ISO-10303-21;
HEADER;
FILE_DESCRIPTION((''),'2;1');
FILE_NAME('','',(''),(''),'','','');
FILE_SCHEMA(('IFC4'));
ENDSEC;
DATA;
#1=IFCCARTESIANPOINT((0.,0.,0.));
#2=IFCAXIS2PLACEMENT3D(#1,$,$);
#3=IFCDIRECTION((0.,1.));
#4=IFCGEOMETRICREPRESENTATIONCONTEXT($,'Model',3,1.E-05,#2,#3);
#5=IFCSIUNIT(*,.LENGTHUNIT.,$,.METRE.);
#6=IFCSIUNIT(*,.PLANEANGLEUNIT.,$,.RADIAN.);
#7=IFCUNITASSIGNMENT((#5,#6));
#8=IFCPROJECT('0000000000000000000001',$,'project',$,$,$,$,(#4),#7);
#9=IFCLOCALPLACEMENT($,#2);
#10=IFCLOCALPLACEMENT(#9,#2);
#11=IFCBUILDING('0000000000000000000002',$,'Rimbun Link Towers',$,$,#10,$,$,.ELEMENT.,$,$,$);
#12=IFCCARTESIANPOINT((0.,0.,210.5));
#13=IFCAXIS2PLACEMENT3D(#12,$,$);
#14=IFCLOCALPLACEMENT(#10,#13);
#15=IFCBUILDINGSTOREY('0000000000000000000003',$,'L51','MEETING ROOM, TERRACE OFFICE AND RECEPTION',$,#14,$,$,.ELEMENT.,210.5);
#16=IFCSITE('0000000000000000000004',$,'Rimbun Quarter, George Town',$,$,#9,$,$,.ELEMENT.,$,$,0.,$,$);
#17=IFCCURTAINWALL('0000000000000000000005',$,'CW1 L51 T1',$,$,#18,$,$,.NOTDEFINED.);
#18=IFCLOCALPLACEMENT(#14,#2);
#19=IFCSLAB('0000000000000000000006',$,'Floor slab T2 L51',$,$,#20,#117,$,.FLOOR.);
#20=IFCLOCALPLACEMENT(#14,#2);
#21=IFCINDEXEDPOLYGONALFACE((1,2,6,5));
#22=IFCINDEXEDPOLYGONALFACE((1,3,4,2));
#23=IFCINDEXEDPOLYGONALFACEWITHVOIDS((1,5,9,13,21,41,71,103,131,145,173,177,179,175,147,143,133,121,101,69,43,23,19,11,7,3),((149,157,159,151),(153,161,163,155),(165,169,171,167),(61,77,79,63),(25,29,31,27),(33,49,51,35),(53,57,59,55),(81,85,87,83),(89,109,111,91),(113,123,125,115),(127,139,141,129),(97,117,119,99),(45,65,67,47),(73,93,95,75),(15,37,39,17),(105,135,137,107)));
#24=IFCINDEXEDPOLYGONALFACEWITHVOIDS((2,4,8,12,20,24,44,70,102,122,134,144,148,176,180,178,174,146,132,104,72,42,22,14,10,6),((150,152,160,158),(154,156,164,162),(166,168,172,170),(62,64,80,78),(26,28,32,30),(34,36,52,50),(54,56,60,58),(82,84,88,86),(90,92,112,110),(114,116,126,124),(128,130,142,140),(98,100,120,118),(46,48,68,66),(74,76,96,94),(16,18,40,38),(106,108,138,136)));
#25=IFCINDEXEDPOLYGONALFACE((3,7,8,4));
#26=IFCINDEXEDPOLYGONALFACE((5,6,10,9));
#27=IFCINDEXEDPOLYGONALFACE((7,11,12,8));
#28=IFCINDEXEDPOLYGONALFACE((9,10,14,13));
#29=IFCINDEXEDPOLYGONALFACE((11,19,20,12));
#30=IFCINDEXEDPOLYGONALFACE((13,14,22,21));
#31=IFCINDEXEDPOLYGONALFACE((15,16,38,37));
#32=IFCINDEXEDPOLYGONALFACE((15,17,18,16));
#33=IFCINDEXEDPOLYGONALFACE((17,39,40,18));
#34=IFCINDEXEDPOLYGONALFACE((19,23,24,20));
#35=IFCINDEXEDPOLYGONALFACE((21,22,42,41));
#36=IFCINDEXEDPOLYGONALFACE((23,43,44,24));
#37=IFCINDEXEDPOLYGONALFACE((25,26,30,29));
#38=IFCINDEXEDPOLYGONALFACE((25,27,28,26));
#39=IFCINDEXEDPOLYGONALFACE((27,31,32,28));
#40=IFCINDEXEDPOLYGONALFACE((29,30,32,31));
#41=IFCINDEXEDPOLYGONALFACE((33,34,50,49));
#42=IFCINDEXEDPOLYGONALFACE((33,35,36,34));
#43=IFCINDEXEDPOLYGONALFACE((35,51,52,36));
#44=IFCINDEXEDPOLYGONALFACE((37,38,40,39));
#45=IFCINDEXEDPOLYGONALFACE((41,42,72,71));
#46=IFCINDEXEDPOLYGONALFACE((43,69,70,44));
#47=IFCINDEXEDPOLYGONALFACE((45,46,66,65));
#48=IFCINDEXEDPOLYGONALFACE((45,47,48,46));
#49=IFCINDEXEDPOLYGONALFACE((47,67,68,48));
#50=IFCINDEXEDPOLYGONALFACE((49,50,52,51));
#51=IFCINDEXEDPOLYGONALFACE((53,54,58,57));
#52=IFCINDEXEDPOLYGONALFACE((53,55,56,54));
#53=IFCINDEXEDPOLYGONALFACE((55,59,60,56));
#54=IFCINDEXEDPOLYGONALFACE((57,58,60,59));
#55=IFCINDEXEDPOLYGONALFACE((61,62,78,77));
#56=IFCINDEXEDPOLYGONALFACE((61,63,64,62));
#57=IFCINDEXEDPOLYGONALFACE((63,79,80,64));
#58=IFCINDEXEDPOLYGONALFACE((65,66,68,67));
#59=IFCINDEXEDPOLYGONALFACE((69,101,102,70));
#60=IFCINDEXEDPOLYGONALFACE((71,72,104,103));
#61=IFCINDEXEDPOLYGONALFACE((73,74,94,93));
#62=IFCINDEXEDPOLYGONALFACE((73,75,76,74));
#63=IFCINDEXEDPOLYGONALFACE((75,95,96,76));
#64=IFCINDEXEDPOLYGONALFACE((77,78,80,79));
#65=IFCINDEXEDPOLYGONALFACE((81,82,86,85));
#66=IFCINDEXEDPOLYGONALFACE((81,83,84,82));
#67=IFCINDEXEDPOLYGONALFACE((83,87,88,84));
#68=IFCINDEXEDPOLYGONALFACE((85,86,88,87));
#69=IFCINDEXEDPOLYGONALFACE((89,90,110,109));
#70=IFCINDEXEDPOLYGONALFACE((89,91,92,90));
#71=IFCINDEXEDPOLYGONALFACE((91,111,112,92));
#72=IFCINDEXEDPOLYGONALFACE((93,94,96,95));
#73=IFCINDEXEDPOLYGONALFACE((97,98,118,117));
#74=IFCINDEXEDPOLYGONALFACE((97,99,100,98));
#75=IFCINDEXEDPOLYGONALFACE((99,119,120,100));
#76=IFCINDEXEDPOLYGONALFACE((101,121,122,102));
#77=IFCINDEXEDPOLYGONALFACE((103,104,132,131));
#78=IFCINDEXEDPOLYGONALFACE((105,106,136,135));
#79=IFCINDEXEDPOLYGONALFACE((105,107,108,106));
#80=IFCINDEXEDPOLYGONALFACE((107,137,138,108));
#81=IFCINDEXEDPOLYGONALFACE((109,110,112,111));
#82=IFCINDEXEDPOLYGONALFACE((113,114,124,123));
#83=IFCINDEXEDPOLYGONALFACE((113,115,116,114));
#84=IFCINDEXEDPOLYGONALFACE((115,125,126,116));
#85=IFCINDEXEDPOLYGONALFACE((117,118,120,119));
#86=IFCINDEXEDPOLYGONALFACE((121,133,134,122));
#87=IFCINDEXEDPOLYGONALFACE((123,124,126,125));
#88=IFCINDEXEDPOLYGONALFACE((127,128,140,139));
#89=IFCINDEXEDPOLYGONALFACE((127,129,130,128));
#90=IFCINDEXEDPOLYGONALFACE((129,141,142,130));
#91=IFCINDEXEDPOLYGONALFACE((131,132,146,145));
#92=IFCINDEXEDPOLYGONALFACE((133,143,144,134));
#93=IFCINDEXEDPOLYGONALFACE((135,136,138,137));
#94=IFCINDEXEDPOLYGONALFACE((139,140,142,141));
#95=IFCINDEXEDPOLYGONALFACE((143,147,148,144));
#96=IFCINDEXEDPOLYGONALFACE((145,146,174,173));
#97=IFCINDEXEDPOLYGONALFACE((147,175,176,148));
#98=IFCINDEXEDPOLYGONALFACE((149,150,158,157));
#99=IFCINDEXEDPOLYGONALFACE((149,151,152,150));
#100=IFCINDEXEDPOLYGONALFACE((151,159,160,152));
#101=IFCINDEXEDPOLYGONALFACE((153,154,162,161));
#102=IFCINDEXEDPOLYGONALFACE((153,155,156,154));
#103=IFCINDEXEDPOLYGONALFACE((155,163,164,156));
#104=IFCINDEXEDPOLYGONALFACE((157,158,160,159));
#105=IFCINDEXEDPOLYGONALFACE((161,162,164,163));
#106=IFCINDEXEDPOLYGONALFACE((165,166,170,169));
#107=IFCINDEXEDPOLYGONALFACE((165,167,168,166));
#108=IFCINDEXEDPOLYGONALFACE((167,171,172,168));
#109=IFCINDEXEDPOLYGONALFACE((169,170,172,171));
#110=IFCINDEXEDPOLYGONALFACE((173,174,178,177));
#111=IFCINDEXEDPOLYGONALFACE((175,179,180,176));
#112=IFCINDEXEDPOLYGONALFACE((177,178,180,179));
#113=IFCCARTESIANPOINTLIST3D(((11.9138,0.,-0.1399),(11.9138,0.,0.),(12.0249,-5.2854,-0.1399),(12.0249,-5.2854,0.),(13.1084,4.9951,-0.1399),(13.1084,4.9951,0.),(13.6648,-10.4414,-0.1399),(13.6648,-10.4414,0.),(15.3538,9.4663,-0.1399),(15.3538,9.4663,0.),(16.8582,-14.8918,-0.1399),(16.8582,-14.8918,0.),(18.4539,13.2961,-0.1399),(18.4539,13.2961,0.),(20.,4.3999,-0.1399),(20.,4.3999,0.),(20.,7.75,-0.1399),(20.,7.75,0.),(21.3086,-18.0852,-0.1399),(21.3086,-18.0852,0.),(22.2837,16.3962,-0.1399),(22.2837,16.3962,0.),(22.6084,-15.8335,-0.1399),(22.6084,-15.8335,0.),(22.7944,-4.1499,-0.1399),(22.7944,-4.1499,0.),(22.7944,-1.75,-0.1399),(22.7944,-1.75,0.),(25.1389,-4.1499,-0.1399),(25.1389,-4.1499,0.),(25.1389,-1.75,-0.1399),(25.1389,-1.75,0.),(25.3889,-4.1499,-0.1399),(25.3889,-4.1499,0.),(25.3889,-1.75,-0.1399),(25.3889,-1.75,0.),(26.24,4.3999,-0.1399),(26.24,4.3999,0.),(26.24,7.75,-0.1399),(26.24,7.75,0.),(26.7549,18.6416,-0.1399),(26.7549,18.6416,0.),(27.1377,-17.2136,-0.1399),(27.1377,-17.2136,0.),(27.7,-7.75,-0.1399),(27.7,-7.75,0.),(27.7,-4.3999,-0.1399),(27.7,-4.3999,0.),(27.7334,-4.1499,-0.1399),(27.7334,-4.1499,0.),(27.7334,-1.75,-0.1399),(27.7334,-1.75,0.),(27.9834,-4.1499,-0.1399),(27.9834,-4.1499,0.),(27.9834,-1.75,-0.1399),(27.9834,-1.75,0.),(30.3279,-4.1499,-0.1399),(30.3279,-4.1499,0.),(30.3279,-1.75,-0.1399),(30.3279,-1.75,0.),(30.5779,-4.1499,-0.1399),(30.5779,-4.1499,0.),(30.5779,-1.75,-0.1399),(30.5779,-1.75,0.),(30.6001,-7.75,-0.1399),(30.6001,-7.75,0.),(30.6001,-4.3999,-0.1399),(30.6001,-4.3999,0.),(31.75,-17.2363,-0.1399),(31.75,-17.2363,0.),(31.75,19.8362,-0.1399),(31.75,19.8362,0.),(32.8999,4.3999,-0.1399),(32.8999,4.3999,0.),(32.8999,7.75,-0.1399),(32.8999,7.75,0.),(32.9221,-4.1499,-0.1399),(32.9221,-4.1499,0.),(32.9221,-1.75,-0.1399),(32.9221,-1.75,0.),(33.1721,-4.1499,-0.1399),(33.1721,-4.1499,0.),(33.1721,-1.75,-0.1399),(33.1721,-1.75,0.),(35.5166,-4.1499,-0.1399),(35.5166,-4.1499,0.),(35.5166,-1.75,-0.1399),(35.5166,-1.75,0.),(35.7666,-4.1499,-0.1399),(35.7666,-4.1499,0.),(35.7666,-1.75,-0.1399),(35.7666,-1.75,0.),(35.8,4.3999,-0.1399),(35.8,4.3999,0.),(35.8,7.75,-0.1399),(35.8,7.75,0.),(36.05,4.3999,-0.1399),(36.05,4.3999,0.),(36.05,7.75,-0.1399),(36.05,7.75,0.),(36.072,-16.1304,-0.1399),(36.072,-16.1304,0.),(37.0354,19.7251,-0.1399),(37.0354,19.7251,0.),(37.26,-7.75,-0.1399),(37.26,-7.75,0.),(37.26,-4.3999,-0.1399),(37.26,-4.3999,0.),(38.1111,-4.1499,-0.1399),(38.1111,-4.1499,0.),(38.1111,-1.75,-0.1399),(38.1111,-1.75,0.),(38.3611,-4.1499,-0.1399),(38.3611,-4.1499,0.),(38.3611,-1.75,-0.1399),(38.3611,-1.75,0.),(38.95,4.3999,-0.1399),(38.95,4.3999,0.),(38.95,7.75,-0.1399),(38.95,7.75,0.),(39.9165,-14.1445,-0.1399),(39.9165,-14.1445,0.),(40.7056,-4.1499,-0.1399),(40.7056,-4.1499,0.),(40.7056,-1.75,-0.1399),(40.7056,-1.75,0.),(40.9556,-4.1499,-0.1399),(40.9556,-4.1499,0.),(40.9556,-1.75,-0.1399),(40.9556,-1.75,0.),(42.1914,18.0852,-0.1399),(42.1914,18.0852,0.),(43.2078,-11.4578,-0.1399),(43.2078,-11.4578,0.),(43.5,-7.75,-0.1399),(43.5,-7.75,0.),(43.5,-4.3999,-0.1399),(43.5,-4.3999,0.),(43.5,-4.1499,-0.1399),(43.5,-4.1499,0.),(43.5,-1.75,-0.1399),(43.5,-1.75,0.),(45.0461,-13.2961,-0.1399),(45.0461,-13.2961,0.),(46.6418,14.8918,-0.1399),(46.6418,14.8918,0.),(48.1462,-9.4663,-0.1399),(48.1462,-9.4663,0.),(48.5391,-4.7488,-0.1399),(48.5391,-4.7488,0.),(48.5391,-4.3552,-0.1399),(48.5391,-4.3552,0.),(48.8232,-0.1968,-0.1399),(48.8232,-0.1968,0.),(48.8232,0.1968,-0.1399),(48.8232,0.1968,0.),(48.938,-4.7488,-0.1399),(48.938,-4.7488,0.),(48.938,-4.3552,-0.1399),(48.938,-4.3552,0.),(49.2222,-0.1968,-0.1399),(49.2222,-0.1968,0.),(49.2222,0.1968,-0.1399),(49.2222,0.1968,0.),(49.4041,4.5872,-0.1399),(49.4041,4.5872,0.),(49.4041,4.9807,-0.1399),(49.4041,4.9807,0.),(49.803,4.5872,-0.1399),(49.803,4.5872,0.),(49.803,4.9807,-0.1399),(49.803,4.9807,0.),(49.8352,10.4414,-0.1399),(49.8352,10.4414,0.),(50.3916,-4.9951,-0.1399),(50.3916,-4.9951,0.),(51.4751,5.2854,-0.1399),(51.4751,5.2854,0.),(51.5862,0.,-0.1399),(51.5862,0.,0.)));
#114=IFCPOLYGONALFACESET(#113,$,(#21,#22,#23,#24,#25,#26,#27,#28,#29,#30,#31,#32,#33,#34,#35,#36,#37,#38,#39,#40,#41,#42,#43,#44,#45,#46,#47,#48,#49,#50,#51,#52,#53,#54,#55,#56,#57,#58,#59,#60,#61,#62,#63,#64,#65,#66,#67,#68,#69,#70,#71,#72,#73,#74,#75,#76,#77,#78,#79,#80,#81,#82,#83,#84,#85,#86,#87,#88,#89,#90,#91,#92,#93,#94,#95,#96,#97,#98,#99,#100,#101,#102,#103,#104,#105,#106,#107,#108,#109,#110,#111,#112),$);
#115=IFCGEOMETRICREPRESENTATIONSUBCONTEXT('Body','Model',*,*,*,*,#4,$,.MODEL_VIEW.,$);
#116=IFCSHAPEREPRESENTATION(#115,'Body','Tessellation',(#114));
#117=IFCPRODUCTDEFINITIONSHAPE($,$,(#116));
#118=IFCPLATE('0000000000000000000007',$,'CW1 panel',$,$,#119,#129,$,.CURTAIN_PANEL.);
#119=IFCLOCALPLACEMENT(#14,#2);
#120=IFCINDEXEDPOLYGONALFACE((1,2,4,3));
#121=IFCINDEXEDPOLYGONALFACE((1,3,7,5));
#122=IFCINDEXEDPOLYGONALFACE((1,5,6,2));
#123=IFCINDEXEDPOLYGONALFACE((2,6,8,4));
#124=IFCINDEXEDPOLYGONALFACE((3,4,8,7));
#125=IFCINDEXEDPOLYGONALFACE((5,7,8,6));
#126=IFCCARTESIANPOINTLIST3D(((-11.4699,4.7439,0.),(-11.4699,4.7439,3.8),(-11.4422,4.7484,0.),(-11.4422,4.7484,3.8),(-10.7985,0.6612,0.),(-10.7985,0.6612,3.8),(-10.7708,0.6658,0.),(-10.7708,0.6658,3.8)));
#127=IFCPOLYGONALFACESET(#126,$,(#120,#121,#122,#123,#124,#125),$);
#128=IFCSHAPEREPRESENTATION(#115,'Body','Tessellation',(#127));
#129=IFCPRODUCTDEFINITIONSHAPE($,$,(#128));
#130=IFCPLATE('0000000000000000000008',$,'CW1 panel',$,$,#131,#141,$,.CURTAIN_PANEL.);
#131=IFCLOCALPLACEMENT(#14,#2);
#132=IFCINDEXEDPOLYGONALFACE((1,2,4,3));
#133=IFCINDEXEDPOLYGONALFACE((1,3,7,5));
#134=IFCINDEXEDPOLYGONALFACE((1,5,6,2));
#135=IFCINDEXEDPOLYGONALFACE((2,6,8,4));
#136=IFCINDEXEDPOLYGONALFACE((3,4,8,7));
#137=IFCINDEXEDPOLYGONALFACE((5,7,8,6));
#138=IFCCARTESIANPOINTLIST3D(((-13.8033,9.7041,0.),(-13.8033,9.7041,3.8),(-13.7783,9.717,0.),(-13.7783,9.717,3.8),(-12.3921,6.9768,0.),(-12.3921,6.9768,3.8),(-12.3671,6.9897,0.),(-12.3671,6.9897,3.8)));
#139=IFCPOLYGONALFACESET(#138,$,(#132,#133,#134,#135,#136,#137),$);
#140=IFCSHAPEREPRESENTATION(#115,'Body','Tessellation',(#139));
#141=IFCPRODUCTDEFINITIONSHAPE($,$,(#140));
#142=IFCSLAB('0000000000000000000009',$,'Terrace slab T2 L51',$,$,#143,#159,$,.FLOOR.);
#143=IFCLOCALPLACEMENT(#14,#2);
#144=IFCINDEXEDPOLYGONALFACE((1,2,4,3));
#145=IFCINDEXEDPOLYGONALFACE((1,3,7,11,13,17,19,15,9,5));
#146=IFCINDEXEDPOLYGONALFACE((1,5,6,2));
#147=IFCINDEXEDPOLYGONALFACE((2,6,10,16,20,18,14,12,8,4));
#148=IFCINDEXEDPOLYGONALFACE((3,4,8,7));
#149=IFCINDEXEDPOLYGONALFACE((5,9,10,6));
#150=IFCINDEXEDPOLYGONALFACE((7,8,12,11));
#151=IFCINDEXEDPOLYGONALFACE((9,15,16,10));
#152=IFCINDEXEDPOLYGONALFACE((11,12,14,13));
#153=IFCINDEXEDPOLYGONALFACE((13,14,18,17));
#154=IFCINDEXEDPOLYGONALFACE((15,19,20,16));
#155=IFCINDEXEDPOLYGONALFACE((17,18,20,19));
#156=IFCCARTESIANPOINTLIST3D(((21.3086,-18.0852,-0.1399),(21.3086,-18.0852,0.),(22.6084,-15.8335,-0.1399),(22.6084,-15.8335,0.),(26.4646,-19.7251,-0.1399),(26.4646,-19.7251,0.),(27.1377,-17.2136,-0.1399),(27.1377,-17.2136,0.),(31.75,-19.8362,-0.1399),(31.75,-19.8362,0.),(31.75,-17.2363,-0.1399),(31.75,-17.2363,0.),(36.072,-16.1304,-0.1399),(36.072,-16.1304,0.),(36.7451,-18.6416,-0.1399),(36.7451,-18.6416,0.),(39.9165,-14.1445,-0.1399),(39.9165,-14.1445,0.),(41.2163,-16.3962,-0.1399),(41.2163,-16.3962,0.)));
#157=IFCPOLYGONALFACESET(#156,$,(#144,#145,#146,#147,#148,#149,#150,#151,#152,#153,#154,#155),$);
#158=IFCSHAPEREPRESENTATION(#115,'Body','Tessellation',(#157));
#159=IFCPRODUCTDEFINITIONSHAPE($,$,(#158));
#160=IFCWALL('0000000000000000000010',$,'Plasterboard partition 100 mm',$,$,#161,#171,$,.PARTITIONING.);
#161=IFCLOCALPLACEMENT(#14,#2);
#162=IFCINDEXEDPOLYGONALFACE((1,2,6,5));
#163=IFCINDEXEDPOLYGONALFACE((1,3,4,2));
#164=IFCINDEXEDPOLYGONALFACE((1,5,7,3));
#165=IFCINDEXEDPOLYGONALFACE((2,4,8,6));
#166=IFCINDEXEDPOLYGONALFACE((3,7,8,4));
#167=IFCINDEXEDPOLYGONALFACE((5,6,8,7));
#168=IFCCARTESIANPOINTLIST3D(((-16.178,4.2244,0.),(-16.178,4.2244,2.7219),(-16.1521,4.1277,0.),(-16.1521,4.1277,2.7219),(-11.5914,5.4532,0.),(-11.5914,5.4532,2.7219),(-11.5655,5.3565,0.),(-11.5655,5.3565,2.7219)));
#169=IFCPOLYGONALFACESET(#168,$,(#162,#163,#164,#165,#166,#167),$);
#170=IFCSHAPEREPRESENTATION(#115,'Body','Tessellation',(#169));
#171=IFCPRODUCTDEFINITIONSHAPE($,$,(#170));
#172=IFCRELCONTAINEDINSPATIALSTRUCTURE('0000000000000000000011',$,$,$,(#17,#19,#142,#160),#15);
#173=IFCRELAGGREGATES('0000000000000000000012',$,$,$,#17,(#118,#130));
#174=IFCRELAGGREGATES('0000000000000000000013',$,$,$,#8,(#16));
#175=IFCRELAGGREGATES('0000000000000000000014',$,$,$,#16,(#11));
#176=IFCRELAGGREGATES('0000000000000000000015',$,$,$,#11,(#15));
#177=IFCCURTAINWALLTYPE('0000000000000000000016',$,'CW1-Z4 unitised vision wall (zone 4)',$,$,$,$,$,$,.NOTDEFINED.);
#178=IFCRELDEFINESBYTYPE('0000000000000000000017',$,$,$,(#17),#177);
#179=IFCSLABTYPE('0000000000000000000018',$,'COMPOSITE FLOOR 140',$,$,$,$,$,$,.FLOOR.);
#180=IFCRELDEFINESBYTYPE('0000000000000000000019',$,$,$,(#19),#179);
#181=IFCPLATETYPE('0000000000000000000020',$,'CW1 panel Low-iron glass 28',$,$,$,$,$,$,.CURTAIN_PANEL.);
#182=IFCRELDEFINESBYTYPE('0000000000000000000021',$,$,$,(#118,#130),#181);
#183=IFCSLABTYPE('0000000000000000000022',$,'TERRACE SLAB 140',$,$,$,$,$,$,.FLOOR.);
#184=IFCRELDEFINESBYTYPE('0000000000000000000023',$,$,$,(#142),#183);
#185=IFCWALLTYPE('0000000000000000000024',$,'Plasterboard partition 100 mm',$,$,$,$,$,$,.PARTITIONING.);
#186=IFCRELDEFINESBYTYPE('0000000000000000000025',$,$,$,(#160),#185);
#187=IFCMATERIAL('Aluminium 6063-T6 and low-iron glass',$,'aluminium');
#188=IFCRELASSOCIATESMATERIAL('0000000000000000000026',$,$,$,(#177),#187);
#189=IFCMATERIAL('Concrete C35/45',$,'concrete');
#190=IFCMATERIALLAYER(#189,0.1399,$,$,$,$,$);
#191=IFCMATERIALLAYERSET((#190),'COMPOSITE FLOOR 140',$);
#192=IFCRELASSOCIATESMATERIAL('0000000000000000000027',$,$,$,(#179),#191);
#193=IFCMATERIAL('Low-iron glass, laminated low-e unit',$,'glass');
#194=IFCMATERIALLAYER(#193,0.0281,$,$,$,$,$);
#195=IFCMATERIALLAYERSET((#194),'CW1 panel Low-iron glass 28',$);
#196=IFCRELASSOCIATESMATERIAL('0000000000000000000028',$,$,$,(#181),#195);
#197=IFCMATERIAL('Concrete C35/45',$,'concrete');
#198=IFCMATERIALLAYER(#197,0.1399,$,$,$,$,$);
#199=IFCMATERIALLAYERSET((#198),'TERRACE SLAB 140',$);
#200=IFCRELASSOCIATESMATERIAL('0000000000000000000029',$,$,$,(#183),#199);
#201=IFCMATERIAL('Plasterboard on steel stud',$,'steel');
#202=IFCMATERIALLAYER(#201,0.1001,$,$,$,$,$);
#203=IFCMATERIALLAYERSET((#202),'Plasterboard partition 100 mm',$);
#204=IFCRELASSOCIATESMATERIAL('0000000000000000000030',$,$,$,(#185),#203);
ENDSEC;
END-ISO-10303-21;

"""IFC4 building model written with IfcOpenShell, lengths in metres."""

from ifc_helpers import new_model, si_unit, direction, frame, frame_2d, origin, origin_2d, place, context, subcontext, project, spatial, polyline, rectangle, outline, extrude, material, layer, layer_set, type_object, element, aggregate, save


model = new_model("IFC4")

# Units and contexts
model_context = context("Model", 3, precision=1e-05, world=origin(), true_north=direction((0.0, 1.0)))
body_context = subcontext(model_context, "Body", "Model", "MODEL_VIEW")
ifc_project = project(units=[si_unit("LENGTHUNIT", "METRE"), si_unit("PLANEANGLEUNIT", "RADIAN")], contexts=[model_context])

# Site, building, storey
site_placement = place(None, origin())
site = spatial("IfcSite", under=ifc_project, at=site_placement, Name="Rimbun Quarter, George Town", CompositionType="ELEMENT", RefElevation=0.0)
building_placement = place(site_placement, origin())
building = spatial("IfcBuilding", under=site, at=building_placement, Name="Rimbun Link Towers", CompositionType="ELEMENT")
storey_placement = place(building_placement, frame((0.0, 0.0, 210.5)))
storey = spatial("IfcBuildingStorey", under=building, at=storey_placement, Name="L51", Description="MEETING ROOM, TERRACE OFFICE AND RECEPTION", CompositionType="ELEMENT", Elevation=210.5)

# Curtain wall
ifc_material_1 = material(Name="Aluminium 6063-T6 and low-iron glass", Category="aluminium")
curtain_wall_type = type_object("IfcCurtainWallType", Name="CW1-Z4 unitised vision wall (zone 4)", PredefinedType="NOTDEFINED", material=ifc_material_1)
curtain_wall_placement = place(storey_placement, origin())
curtain_wall = element("IfcCurtainWall", 1, at=curtain_wall_placement, inside=storey, type_object=curtain_wall_type, Name="CW1 L51 T1", PredefinedType="NOTDEFINED")

# Slab
ifc_material_2 = material(Name="Concrete C35/45", Category="concrete")
ifc_layer_1 = layer(ifc_material_2, 0.1399)
ifc_layer_set_1 = layer_set([ifc_layer_1], Name="COMPOSITE FLOOR 140")
slab_type_1 = type_object("IfcSlabType", Name="COMPOSITE FLOOR 140", PredefinedType="FLOOR", material=ifc_layer_set_1)
slab_1_placement = place(storey_placement, frame((0.0, 0.0, -0.1399)))
element("IfcSlab", 2, at=slab_1_placement, inside=storey, type_object=slab_type_1, Name="Floor slab T2 L51", PredefinedType="FLOOR", context=body_context, shape_type="SweptSolid", body=[
    extrude(outline(polyline([(16.8582, -14.8918), (13.6648, -10.4414), (12.0249, -5.2854), (11.9138, 0.0), (13.1084, 4.9951), (15.3538, 9.4663), (18.4539, 13.2961), (22.2837, 16.3962), (26.7549, 18.6416), (31.75, 19.8362), (37.0354, 19.7251), (42.1914, 18.0852), (46.6418, 14.8918), (49.8352, 10.4414), (51.4751, 5.2854), (51.5862, 0.0), (50.3916, -4.9951), (48.1462, -9.4663), (45.0461, -13.2961), (43.2078, -11.4578), (39.9165, -14.1445), (36.072, -16.1304), (31.75, -17.2363), (27.1377, -17.2136), (22.6084, -15.8335), (21.3086, -18.0852), (16.8582, -14.8918)]), holes=[polyline([(30.6001, -7.75), (30.6001, -4.3999), (27.7, -4.3999), (27.7, -7.75), (30.6001, -7.75)]), polyline([(25.1389, -4.1499), (25.1389, -1.75), (22.7944, -1.75), (22.7944, -4.1499), (25.1389, -4.1499)]), polyline([(27.7334, -4.1499), (27.7334, -1.75), (25.3889, -1.75), (25.3889, -4.1499), (27.7334, -4.1499)]), polyline([(30.3279, -4.1499), (30.3279, -1.75), (27.9834, -1.75), (27.9834, -4.1499), (30.3279, -4.1499)]), polyline([(32.9221, -4.1499), (32.9221, -1.75), (30.5779, -1.75), (30.5779, -4.1499), (32.9221, -4.1499)]), polyline([(35.5166, -4.1499), (35.5166, -1.75), (33.1721, -1.75), (33.1721, -4.1499), (35.5166, -4.1499)]), polyline([(26.24, 4.3999), (26.24, 7.75), (20.0, 7.75), (20.0, 4.3999), (26.24, 4.3999)]), polyline([(35.8, 4.3999), (35.8, 7.75), (32.8999, 7.75), (32.8999, 4.3999), (35.8, 4.3999)]), polyline([(43.5, -7.75), (43.5, -4.3999), (37.26, -4.3999), (37.26, -7.75), (43.5, -7.75)]), polyline([(48.938, -4.7488), (48.938, -4.3552), (48.5391, -4.3552), (48.5391, -4.7488), (48.938, -4.7488)]), polyline([(38.1111, -4.1499), (38.1111, -1.75), (35.7666, -1.75), (35.7666, -4.1499), (38.1111, -4.1499)]), polyline([(40.7056, -4.1499), (40.7056, -1.75), (38.3611, -1.75), (38.3611, -4.1499), (40.7056, -4.1499)]), polyline([(43.5, -4.1499), (43.5, -1.75), (40.9556, -1.75), (40.9556, -4.1499), (43.5, -4.1499)]), polyline([(49.2222, -0.1968), (49.2222, 0.1968), (48.8232, 0.1968), (48.8232, -0.1968), (49.2222, -0.1968)]), polyline([(49.803, 4.5872), (49.803, 4.9807), (49.4041, 4.9807), (49.4041, 4.5872), (49.803, 4.5872)]), polyline([(38.95, 4.3999), (38.95, 7.75), (36.05, 7.75), (36.05, 4.3999), (38.95, 4.3999)])]), origin(), (0.0, 0.0, 1.0), 0.1399),
])

# Plates
ifc_material_3 = material(Name="Low-iron glass, laminated low-e unit", Category="glass")
ifc_layer_2 = layer(ifc_material_3, 0.0281)
ifc_layer_set_2 = layer_set([ifc_layer_2], Name="CW1 panel Low-iron glass 28")
plate_type = type_object("IfcPlateType", Name="CW1 panel Low-iron glass 28", PredefinedType="CURTAIN_PANEL", material=ifc_layer_set_2)
plate_1_placement = place(storey_placement, frame((-11.1204, 2.7048, 0.0), z_axis=(0.0, 0.0, 1.0), x_axis=(0.162264, -0.986747, 0.0)))
plate_1 = element("IfcPlate", 3, at=plate_1_placement, type_object=plate_type, Name="CW1 panel", PredefinedType="CURTAIN_PANEL", context=body_context, shape_type="SweptSolid", body=[
    extrude(rectangle(XDim=4.1375, YDim=0.0281, at=origin_2d()), origin(), (0.0, 0.0, 1.0), 3.8),
])
plate_2_placement = place(storey_placement, frame((-13.0852, 8.3469, 0.0), z_axis=(0.0, 0.0, 1.0), x_axis=(0.459554, -0.88815, 0.0)))
plate_2 = element("IfcPlate", 4, at=plate_2_placement, type_object=plate_type, Name="CW1 panel", PredefinedType="CURTAIN_PANEL", context=body_context, shape_type="SweptSolid", body=[
    extrude(rectangle(XDim=3.0708, YDim=0.0281, at=origin_2d()), origin(), (0.0, 0.0, 1.0), 3.8),
])
aggregate(curtain_wall, [plate_1, plate_2])

# Slab
ifc_material_4 = material(Name="Concrete C35/45", Category="concrete")
ifc_layer_3 = layer(ifc_material_4, 0.1399)
ifc_layer_set_3 = layer_set([ifc_layer_3], Name="TERRACE SLAB 140")
slab_type_2 = type_object("IfcSlabType", Name="TERRACE SLAB 140", PredefinedType="FLOOR", material=ifc_layer_set_3)
slab_2_placement = place(storey_placement, frame((0.0, 0.0, -0.1399)))
element("IfcSlab", 5, at=slab_2_placement, inside=storey, type_object=slab_type_2, Name="Terrace slab T2 L51", PredefinedType="FLOOR", context=body_context, shape_type="SweptSolid", body=[
    extrude(outline(polyline([(22.6084, -15.8335), (27.1377, -17.2136), (31.75, -17.2363), (36.072, -16.1304), (39.9165, -14.1445), (41.2163, -16.3962), (36.7451, -18.6416), (31.75, -19.8362), (26.4646, -19.7251), (21.3086, -18.0852), (22.6084, -15.8335)])), origin(), (0.0, 0.0, 1.0), 0.1399),
])

# Wall
ifc_material_5 = material(Name="Plasterboard on steel stud", Category="steel")
ifc_layer_4 = layer(ifc_material_5, 0.1001)
ifc_layer_set_4 = layer_set([ifc_layer_4], Name="Plasterboard partition 100 mm")
wall_type = type_object("IfcWallType", Name="Plasterboard partition 100 mm", PredefinedType="PARTITIONING", material=ifc_layer_set_4)
wall_placement = place(storey_placement, frame((-11.5786, 5.4048, 0.0), z_axis=(0.0, 0.0, 1.0), x_axis=(-0.965935, -0.258786, 0.0)))
element("IfcWall", 6, at=wall_placement, inside=storey, type_object=wall_type, Name="Plasterboard partition 100 mm", PredefinedType="PARTITIONING", context=body_context, shape_type="SweptSolid", body=[
    extrude(rectangle(XDim=4.7483, YDim=0.1001, at=frame_2d((2.374, 0.0))), origin(), (0.0, 0.0, 1.0), 2.7219),
])

save(model, "model.ifc")
